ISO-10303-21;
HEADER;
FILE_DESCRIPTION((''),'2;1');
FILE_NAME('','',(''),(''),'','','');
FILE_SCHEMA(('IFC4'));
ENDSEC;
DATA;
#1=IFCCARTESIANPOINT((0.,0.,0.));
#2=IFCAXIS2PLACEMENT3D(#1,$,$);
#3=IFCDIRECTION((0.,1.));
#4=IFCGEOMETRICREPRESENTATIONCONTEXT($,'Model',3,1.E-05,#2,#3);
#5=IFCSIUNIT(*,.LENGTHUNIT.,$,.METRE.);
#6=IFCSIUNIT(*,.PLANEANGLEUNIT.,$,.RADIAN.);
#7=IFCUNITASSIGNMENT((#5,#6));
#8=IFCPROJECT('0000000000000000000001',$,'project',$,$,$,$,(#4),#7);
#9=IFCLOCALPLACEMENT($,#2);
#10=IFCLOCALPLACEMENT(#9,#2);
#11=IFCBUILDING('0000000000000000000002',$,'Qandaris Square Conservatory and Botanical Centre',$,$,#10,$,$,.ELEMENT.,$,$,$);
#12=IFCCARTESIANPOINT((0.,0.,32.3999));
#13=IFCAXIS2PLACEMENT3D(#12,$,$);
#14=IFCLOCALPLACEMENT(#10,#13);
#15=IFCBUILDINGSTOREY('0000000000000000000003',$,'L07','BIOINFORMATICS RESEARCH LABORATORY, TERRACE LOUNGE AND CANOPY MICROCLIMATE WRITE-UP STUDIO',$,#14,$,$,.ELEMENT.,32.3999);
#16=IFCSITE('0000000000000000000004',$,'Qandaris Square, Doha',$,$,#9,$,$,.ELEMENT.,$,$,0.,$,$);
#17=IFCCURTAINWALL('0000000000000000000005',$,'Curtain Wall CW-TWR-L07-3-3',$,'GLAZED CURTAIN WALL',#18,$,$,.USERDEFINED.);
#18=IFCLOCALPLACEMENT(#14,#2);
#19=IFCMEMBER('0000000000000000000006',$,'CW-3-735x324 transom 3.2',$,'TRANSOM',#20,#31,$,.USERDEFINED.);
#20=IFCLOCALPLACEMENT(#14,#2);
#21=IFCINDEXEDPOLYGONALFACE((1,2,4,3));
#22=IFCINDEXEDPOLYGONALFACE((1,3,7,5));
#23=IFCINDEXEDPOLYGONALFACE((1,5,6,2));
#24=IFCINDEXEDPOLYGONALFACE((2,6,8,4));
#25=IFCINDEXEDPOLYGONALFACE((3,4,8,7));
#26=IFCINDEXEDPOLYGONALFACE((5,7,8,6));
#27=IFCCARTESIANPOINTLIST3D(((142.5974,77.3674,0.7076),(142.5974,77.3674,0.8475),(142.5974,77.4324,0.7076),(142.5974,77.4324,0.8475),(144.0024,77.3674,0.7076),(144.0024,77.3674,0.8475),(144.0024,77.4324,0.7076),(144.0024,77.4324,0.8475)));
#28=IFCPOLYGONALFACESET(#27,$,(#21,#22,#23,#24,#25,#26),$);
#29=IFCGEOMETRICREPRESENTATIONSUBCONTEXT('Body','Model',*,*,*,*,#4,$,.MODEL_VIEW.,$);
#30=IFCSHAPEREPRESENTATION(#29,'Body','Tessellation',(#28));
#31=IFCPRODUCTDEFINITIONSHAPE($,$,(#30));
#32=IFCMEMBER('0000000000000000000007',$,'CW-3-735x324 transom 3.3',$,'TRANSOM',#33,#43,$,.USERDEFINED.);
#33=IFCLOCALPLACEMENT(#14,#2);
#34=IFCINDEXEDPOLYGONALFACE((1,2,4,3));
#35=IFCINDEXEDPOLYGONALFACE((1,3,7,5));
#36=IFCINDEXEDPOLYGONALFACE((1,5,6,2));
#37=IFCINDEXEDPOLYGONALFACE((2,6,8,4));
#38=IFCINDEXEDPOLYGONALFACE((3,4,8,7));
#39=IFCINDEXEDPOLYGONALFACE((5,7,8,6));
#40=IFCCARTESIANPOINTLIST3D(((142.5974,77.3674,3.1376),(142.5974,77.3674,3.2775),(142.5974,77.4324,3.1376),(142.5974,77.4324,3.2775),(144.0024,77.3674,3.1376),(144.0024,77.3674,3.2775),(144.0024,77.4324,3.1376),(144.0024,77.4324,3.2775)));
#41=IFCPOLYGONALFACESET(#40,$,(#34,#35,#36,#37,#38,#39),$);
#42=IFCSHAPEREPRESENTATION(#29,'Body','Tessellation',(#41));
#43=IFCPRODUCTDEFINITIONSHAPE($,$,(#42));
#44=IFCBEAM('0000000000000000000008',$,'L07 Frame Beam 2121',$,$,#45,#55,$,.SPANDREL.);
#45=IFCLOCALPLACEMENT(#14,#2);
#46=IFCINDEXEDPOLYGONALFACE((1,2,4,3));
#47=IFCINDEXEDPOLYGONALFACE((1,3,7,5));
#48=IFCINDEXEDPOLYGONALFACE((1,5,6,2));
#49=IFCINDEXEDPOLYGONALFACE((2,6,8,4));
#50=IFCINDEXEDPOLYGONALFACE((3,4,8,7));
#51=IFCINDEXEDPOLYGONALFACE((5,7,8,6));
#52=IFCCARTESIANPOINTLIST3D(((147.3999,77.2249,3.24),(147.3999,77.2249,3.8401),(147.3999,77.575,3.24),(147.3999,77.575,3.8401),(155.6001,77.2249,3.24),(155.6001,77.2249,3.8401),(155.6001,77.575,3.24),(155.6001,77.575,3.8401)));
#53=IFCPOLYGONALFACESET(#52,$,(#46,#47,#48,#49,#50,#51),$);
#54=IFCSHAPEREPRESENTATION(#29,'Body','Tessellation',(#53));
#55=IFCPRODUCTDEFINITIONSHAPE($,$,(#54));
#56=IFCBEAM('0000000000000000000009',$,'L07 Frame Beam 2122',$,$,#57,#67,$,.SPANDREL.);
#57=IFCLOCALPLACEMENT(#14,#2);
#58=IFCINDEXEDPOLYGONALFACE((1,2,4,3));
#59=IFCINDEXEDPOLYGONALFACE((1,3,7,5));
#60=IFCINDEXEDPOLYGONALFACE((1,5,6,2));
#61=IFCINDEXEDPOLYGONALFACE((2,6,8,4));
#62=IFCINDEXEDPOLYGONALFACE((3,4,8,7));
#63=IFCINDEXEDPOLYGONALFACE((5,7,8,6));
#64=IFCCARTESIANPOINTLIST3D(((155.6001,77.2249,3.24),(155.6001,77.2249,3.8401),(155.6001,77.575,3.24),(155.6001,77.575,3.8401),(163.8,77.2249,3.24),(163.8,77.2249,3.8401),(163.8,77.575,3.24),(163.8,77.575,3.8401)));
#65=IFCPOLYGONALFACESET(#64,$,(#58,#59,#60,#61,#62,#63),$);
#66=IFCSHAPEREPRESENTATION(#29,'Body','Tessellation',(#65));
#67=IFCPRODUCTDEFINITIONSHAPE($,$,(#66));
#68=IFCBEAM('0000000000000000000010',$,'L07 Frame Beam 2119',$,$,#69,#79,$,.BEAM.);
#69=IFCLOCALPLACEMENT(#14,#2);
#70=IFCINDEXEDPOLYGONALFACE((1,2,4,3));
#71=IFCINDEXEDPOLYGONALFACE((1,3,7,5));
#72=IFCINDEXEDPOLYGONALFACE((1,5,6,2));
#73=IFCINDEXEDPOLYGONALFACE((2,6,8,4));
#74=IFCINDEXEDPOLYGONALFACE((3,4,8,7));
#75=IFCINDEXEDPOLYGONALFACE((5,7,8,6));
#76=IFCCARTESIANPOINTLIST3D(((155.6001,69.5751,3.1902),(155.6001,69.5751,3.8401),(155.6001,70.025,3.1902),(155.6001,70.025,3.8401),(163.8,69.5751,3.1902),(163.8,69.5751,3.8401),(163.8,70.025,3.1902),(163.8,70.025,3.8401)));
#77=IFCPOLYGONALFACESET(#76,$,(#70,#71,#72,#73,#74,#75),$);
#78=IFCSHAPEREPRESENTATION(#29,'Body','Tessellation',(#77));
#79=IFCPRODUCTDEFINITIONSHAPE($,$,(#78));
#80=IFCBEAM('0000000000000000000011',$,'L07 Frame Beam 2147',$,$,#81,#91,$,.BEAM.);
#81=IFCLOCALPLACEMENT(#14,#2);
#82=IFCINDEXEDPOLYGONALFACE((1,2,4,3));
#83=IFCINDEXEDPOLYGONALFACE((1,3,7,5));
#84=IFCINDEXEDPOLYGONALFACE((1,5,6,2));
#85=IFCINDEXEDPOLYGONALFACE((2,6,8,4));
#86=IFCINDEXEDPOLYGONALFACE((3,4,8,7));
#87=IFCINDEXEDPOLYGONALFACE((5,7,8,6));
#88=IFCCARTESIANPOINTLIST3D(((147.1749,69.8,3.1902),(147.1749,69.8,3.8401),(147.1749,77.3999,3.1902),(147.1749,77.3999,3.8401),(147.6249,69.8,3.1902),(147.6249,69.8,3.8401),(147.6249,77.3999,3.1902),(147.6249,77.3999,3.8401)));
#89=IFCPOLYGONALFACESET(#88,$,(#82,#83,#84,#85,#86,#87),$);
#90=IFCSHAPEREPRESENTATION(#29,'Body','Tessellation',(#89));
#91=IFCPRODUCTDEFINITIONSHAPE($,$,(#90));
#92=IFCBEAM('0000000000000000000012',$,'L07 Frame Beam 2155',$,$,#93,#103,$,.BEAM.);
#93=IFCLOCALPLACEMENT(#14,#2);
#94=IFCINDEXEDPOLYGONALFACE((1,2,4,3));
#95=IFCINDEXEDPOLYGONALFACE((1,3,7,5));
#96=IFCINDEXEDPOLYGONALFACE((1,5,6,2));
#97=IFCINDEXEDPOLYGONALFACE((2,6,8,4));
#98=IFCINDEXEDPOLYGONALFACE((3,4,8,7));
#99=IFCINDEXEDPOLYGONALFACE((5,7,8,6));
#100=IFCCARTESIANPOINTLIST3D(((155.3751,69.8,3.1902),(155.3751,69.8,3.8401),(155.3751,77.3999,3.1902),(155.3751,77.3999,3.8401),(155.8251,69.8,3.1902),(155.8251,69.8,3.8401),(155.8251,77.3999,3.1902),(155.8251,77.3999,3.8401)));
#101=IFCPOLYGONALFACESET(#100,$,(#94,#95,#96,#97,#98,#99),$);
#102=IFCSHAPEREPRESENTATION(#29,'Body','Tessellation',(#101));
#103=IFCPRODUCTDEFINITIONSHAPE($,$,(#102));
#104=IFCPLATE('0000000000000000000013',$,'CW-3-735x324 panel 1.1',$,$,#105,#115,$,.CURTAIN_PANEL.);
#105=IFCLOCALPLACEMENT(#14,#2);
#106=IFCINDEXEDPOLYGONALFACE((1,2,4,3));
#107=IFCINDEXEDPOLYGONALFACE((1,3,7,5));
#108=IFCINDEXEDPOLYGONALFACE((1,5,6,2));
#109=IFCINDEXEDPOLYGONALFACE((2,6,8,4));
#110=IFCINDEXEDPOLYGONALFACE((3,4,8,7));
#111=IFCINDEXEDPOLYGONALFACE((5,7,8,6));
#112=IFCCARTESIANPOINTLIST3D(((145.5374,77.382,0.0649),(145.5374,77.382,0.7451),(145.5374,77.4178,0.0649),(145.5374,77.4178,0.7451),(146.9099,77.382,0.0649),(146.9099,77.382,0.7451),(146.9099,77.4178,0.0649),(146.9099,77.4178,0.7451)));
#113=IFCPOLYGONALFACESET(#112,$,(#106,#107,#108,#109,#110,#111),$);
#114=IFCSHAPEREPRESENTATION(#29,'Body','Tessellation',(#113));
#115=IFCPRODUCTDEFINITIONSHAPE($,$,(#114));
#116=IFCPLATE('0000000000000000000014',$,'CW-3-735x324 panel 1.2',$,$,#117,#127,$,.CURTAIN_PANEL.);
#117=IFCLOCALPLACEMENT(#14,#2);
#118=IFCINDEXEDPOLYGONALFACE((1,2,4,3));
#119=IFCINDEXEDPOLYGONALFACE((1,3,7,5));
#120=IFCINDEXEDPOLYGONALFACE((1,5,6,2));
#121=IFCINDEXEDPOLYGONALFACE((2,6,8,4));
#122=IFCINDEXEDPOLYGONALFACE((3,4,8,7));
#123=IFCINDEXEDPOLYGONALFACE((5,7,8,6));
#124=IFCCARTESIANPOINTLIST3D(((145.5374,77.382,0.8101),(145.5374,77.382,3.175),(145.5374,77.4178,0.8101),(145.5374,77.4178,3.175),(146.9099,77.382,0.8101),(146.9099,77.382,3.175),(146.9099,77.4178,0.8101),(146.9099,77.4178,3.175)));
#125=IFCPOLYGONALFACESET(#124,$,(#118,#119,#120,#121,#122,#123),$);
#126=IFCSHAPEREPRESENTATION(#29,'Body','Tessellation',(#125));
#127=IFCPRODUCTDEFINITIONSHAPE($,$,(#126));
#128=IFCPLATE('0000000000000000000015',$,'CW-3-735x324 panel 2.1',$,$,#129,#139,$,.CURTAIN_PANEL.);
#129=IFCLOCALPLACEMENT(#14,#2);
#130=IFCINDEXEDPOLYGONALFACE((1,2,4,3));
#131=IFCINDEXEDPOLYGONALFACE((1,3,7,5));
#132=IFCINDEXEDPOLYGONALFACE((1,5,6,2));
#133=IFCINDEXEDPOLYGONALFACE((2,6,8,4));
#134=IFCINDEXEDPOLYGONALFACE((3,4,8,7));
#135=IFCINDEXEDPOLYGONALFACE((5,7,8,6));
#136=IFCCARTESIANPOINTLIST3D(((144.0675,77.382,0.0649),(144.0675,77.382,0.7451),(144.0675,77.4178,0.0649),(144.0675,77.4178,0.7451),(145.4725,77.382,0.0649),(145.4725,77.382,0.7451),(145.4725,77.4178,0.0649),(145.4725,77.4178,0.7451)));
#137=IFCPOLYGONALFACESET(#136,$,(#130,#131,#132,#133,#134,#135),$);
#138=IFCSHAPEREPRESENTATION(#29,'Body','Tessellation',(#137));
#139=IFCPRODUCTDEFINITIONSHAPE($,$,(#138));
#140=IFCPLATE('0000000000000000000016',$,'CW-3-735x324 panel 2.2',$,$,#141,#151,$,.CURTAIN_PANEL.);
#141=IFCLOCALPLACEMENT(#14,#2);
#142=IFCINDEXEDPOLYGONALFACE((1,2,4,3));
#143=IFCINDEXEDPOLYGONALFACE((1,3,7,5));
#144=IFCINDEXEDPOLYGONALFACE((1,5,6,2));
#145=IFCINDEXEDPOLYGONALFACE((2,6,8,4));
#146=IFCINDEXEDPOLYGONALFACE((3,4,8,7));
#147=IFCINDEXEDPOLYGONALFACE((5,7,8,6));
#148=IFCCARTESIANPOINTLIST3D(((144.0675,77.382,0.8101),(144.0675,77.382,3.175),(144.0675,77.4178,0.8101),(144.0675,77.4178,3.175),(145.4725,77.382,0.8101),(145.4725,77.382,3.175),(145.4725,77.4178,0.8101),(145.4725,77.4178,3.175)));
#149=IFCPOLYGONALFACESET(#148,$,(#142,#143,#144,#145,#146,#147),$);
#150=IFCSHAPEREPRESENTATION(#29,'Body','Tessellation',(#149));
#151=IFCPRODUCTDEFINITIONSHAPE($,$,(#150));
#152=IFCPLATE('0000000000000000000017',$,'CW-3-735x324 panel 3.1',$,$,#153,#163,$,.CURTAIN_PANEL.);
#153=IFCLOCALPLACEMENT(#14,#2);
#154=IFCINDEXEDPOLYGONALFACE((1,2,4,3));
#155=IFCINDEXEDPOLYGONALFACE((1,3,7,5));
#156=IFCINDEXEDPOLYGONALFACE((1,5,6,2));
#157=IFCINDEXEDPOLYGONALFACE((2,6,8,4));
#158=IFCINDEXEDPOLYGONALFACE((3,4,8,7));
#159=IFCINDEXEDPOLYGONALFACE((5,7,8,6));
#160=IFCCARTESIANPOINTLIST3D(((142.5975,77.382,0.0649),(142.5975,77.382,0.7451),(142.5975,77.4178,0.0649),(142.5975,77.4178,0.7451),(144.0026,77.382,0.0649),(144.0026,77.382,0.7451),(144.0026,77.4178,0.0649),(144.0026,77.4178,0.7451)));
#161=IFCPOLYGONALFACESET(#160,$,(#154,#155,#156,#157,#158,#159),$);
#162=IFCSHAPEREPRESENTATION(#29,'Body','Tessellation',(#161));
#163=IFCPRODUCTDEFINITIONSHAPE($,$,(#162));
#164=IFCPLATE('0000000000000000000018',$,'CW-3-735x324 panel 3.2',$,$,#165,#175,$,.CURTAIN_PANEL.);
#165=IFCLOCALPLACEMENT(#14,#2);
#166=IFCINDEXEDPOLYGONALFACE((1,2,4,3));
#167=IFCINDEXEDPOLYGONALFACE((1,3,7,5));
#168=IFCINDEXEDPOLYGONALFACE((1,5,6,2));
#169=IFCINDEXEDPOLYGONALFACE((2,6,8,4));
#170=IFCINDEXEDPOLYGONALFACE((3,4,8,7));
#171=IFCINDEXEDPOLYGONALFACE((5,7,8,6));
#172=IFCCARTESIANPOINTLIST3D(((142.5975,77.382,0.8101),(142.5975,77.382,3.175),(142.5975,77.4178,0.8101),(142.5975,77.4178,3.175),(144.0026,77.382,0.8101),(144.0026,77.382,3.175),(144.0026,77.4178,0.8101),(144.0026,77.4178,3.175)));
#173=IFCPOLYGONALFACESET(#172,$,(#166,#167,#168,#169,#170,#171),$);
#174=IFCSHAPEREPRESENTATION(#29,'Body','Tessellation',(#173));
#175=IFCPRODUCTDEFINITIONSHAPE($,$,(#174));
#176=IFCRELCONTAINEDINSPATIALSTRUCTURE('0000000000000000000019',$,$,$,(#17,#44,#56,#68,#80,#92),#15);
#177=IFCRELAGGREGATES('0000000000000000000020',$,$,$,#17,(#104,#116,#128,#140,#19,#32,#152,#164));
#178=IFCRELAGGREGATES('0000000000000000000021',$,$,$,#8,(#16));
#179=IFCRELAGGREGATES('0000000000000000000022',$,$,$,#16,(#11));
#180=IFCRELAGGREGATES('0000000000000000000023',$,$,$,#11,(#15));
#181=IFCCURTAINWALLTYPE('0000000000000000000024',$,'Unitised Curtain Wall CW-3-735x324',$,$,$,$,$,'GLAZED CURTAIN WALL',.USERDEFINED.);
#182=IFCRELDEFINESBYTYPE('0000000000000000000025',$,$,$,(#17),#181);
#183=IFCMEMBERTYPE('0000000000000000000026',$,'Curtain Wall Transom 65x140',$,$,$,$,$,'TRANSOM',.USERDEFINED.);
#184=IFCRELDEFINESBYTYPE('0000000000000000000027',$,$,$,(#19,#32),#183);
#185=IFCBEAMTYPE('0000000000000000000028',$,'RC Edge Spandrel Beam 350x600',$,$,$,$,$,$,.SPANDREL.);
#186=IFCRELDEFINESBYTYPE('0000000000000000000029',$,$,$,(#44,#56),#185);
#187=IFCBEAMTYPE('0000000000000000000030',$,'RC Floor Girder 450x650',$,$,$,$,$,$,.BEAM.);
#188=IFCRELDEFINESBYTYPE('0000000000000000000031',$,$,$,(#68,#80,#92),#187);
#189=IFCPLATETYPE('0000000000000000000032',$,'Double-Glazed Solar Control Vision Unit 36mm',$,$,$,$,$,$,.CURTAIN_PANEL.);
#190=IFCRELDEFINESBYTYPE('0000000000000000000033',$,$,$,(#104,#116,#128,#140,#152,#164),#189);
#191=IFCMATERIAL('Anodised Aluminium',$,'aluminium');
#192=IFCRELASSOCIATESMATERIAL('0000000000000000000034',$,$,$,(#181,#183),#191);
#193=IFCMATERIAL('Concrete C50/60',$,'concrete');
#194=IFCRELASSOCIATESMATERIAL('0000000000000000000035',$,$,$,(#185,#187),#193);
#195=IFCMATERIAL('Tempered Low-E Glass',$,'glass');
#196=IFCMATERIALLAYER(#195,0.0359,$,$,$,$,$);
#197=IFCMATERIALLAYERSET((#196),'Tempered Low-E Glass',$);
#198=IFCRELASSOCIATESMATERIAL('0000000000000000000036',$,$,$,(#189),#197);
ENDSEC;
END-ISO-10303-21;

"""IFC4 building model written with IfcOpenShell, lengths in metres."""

from ifc_helpers import new_model, si_unit, direction, frame, origin, origin_2d, place, context, subcontext, project, spatial, rectangle, extrude, material, layer, layer_set, material_profile, profile_set, type_object, element, aggregate, save


model = new_model("IFC4")

# Units and contexts
model_context = context("Model", 3, precision=1e-05, world=origin(), true_north=direction((0.0, 1.0)))
body_context = subcontext(model_context, "Body", "Model", "MODEL_VIEW")
ifc_project = project(units=[si_unit("LENGTHUNIT", "METRE"), si_unit("PLANEANGLEUNIT", "RADIAN")], contexts=[model_context])

# Site, building, storey
site_placement = place(None, origin())
site = spatial("IfcSite", under=ifc_project, at=site_placement, Name="Qandaris Square, Doha", CompositionType="ELEMENT", RefElevation=0.0)
building_placement = place(site_placement, origin())
building = spatial("IfcBuilding", under=site, at=building_placement, Name="Qandaris Square Conservatory and Botanical Centre", CompositionType="ELEMENT")
storey_placement = place(building_placement, frame((0.0, 0.0, 32.3999)))
storey = spatial("IfcBuildingStorey", under=building, at=storey_placement, Name="L07", Description="BIOINFORMATICS RESEARCH LABORATORY, TERRACE LOUNGE AND CANOPY MICROCLIMATE WRITE-UP STUDIO", CompositionType="ELEMENT", Elevation=32.3999)

# Shared definitions
ifc_material_1 = material(Name="Concrete C50/60", Category="concrete")

# Shared definitions
ifc_material_2 = material(Name="Anodised Aluminium", Category="aluminium")
curtain_wall_type = type_object("IfcCurtainWallType", Name="Unitised Curtain Wall CW-3-735x324", ElementType="GLAZED CURTAIN WALL", PredefinedType="USERDEFINED", material=ifc_material_2)

# Curtain wall, members
curtain_wall_1_placement = place(storey_placement, origin())
curtain_wall_1 = element("IfcCurtainWall", 1, at=curtain_wall_1_placement, inside=storey, type_object=curtain_wall_type, Name="Curtain Wall CW-TWR-L07-3-3", ObjectType="GLAZED CURTAIN WALL", PredefinedType="USERDEFINED")
ifc_material_profile_1 = material_profile(ifc_material_2, rectangle(XDim=0.0649, YDim=0.1399, at=origin_2d()), Name="ALU-TRN 65x140")
ifc_profile_set_1 = profile_set([ifc_material_profile_1], Name="Anodised Aluminium")
member_type_1 = type_object("IfcMemberType", Name="Curtain Wall Transom 65x140", ElementType="TRANSOM", PredefinedType="USERDEFINED", material=ifc_profile_set_1)
member_1_placement = place(storey_placement, frame((144.0024, 77.3999, 0.7776), z_axis=(-1.0, 0.0, 0.0), x_axis=(0.0, -1.0, 0.0)))
member_1 = element("IfcMember", 2, at=member_1_placement, type_object=member_type_1, Name="CW-3-735x324 transom 3.2", ObjectType="TRANSOM", PredefinedType="USERDEFINED", context=body_context, shape_type="SweptSolid", body=[
    extrude(rectangle(XDim=0.0649, YDim=0.1399, at=origin_2d()), origin(), (0.0, 0.0, 1.0), 1.405),
])
member_2_placement = place(storey_placement, frame((144.0024, 77.3999, 3.2075), z_axis=(-1.0, 0.0, 0.0), x_axis=(0.0, -1.0, 0.0)))
member_2 = element("IfcMember", 3, at=member_2_placement, type_object=member_type_1, Name="CW-3-735x324 transom 3.3", ObjectType="TRANSOM", PredefinedType="USERDEFINED", context=body_context, shape_type="SweptSolid", body=[
    extrude(rectangle(XDim=0.0649, YDim=0.1399, at=origin_2d()), origin(), (0.0, 0.0, 1.0), 1.405),
])

# Beams
ifc_material_profile_2 = material_profile(ifc_material_1, rectangle(XDim=0.3501, YDim=0.6001, at=origin_2d()), Name="RC-SP 350x600")
ifc_profile_set_2 = profile_set([ifc_material_profile_2], Name="Concrete C50/60")
beam_type_1 = type_object("IfcBeamType", Name="RC Edge Spandrel Beam 350x600", PredefinedType="SPANDREL", material=ifc_profile_set_2)
beam_1_placement = place(storey_placement, frame((147.3999, 77.3999, 3.54), z_axis=(1.0, 0.0, 0.0), x_axis=(0.0, 1.0, 0.0)))
element("IfcBeam", 4, at=beam_1_placement, inside=storey, type_object=beam_type_1, Name="L07 Frame Beam 2121", PredefinedType="SPANDREL", context=body_context, shape_type="SweptSolid", body=[
    extrude(rectangle(XDim=0.3501, YDim=0.6001, at=origin_2d()), origin(), (0.0, 0.0, 1.0), 8.2002),
])
beam_2_placement = place(storey_placement, frame((155.6001, 77.3999, 3.54), z_axis=(1.0, 0.0, 0.0), x_axis=(0.0, 1.0, 0.0)))
element("IfcBeam", 5, at=beam_2_placement, inside=storey, type_object=beam_type_1, Name="L07 Frame Beam 2122", PredefinedType="SPANDREL", context=body_context, shape_type="SweptSolid", body=[
    extrude(rectangle(XDim=0.3501, YDim=0.6001, at=origin_2d()), origin(), (0.0, 0.0, 1.0), 8.2),
])
ifc_material_profile_3 = material_profile(ifc_material_1, rectangle(XDim=0.45, YDim=0.6499, at=origin_2d()), Name="RC-BM 450x650")
ifc_profile_set_3 = profile_set([ifc_material_profile_3], Name="Concrete C50/60")
beam_type_2 = type_object("IfcBeamType", Name="RC Floor Girder 450x650", PredefinedType="BEAM", material=ifc_profile_set_3)
beam_3_placement = place(storey_placement, frame((155.6001, 69.8, 3.5151), z_axis=(1.0, 0.0, 0.0), x_axis=(0.0, 1.0, 0.0)))
element("IfcBeam", 6, at=beam_3_placement, inside=storey, type_object=beam_type_2, Name="L07 Frame Beam 2119", PredefinedType="BEAM", context=body_context, shape_type="SweptSolid", body=[
    extrude(rectangle(XDim=0.45, YDim=0.6499, at=origin_2d()), origin(), (0.0, 0.0, 1.0), 8.2),
])
for number, where, z_axis, x_axis, name in (
    (7, (147.3999, 69.8, 3.5151), (0.0, 1.0, 0.0), (-1.0, 0.0, 0.0), "L07 Frame Beam 2147"),
    (8, (155.6001, 69.8, 3.5151), (0.0, 1.0, 0.0), (-1.0, 0.0, 0.0), "L07 Frame Beam 2155"),
):
    element("IfcBeam", number, at=place(storey_placement, frame(where, z_axis=z_axis, x_axis=x_axis)), inside=storey, type_object=beam_type_2, Name=name, PredefinedType="BEAM", context=body_context, shape_type="SweptSolid", body=[
        extrude(rectangle(XDim=0.45, YDim=0.6499, at=origin_2d()), origin(), (0.0, 0.0, 1.0), 7.5999),
    ])

# Plates
ifc_material_3 = material(Name="Tempered Low-E Glass", Category="glass")
ifc_layer_1 = layer(ifc_material_3, 0.0359)
ifc_layer_set_1 = layer_set([ifc_layer_1], Name="Tempered Low-E Glass")
plate_type = type_object("IfcPlateType", Name="Double-Glazed Solar Control Vision Unit 36mm", PredefinedType="CURTAIN_PANEL", material=ifc_layer_set_1)
plate_1_placement = place(storey_placement, frame((146.2236, 77.3999, 0.0649), z_axis=(0.0, 0.0, 1.0), x_axis=(-1.0, 0.0, 0.0)))
plate_1 = element("IfcPlate", 9, at=plate_1_placement, type_object=plate_type, Name="CW-3-735x324 panel 1.1", PredefinedType="CURTAIN_PANEL", context=body_context, shape_type="SweptSolid", body=[
    extrude(rectangle(XDim=1.3726, YDim=0.0359, at=origin_2d()), origin(), (0.0, 0.0, 1.0), 0.6802),
])
plate_2_placement = place(storey_placement, frame((146.2236, 77.3999, 0.8101), z_axis=(0.0, 0.0, 1.0), x_axis=(-1.0, 0.0, 0.0)))
plate_2 = element("IfcPlate", 10, at=plate_2_placement, type_object=plate_type, Name="CW-3-735x324 panel 1.2", PredefinedType="CURTAIN_PANEL", context=body_context, shape_type="SweptSolid", body=[
    extrude(rectangle(XDim=1.3726, YDim=0.0359, at=origin_2d()), origin(), (0.0, 0.0, 1.0), 2.365),
])
plate_3_placement = place(storey_placement, frame((144.77, 77.3999, 0.0649), z_axis=(0.0, 0.0, 1.0), x_axis=(-1.0, 0.0, 0.0)))
plate_3 = element("IfcPlate", 11, at=plate_3_placement, type_object=plate_type, Name="CW-3-735x324 panel 2.1", PredefinedType="CURTAIN_PANEL", context=body_context, shape_type="SweptSolid", body=[
    extrude(rectangle(XDim=1.405, YDim=0.0359, at=origin_2d()), origin(), (0.0, 0.0, 1.0), 0.6802),
])
plate_4_placement = place(storey_placement, frame((144.77, 77.3999, 0.8101), z_axis=(0.0, 0.0, 1.0), x_axis=(-1.0, 0.0, 0.0)))
plate_4 = element("IfcPlate", 12, at=plate_4_placement, type_object=plate_type, Name="CW-3-735x324 panel 2.2", PredefinedType="CURTAIN_PANEL", context=body_context, shape_type="SweptSolid", body=[
    extrude(rectangle(XDim=1.405, YDim=0.0359, at=origin_2d()), origin(), (0.0, 0.0, 1.0), 2.365),
])
plate_5_placement = place(storey_placement, frame((143.3, 77.3999, 0.0649), z_axis=(0.0, 0.0, 1.0), x_axis=(-1.0, 0.0, 0.0)))
plate_5 = element("IfcPlate", 13, at=plate_5_placement, type_object=plate_type, Name="CW-3-735x324 panel 3.1", PredefinedType="CURTAIN_PANEL", context=body_context, shape_type="SweptSolid", body=[
    extrude(rectangle(XDim=1.405, YDim=0.0359, at=origin_2d()), origin(), (0.0, 0.0, 1.0), 0.6802),
])
plate_6_placement = place(storey_placement, frame((143.3, 77.3999, 0.8101), z_axis=(0.0, 0.0, 1.0), x_axis=(-1.0, 0.0, 0.0)))
plate_6 = element("IfcPlate", 14, at=plate_6_placement, type_object=plate_type, Name="CW-3-735x324 panel 3.2", PredefinedType="CURTAIN_PANEL", context=body_context, shape_type="SweptSolid", body=[
    extrude(rectangle(XDim=1.405, YDim=0.0359, at=origin_2d()), origin(), (0.0, 0.0, 1.0), 2.365),
])
aggregate(curtain_wall_1, [plate_1, plate_2, plate_3, plate_4, member_1, member_2, plate_5, plate_6])

save(model, "model.ifc")
